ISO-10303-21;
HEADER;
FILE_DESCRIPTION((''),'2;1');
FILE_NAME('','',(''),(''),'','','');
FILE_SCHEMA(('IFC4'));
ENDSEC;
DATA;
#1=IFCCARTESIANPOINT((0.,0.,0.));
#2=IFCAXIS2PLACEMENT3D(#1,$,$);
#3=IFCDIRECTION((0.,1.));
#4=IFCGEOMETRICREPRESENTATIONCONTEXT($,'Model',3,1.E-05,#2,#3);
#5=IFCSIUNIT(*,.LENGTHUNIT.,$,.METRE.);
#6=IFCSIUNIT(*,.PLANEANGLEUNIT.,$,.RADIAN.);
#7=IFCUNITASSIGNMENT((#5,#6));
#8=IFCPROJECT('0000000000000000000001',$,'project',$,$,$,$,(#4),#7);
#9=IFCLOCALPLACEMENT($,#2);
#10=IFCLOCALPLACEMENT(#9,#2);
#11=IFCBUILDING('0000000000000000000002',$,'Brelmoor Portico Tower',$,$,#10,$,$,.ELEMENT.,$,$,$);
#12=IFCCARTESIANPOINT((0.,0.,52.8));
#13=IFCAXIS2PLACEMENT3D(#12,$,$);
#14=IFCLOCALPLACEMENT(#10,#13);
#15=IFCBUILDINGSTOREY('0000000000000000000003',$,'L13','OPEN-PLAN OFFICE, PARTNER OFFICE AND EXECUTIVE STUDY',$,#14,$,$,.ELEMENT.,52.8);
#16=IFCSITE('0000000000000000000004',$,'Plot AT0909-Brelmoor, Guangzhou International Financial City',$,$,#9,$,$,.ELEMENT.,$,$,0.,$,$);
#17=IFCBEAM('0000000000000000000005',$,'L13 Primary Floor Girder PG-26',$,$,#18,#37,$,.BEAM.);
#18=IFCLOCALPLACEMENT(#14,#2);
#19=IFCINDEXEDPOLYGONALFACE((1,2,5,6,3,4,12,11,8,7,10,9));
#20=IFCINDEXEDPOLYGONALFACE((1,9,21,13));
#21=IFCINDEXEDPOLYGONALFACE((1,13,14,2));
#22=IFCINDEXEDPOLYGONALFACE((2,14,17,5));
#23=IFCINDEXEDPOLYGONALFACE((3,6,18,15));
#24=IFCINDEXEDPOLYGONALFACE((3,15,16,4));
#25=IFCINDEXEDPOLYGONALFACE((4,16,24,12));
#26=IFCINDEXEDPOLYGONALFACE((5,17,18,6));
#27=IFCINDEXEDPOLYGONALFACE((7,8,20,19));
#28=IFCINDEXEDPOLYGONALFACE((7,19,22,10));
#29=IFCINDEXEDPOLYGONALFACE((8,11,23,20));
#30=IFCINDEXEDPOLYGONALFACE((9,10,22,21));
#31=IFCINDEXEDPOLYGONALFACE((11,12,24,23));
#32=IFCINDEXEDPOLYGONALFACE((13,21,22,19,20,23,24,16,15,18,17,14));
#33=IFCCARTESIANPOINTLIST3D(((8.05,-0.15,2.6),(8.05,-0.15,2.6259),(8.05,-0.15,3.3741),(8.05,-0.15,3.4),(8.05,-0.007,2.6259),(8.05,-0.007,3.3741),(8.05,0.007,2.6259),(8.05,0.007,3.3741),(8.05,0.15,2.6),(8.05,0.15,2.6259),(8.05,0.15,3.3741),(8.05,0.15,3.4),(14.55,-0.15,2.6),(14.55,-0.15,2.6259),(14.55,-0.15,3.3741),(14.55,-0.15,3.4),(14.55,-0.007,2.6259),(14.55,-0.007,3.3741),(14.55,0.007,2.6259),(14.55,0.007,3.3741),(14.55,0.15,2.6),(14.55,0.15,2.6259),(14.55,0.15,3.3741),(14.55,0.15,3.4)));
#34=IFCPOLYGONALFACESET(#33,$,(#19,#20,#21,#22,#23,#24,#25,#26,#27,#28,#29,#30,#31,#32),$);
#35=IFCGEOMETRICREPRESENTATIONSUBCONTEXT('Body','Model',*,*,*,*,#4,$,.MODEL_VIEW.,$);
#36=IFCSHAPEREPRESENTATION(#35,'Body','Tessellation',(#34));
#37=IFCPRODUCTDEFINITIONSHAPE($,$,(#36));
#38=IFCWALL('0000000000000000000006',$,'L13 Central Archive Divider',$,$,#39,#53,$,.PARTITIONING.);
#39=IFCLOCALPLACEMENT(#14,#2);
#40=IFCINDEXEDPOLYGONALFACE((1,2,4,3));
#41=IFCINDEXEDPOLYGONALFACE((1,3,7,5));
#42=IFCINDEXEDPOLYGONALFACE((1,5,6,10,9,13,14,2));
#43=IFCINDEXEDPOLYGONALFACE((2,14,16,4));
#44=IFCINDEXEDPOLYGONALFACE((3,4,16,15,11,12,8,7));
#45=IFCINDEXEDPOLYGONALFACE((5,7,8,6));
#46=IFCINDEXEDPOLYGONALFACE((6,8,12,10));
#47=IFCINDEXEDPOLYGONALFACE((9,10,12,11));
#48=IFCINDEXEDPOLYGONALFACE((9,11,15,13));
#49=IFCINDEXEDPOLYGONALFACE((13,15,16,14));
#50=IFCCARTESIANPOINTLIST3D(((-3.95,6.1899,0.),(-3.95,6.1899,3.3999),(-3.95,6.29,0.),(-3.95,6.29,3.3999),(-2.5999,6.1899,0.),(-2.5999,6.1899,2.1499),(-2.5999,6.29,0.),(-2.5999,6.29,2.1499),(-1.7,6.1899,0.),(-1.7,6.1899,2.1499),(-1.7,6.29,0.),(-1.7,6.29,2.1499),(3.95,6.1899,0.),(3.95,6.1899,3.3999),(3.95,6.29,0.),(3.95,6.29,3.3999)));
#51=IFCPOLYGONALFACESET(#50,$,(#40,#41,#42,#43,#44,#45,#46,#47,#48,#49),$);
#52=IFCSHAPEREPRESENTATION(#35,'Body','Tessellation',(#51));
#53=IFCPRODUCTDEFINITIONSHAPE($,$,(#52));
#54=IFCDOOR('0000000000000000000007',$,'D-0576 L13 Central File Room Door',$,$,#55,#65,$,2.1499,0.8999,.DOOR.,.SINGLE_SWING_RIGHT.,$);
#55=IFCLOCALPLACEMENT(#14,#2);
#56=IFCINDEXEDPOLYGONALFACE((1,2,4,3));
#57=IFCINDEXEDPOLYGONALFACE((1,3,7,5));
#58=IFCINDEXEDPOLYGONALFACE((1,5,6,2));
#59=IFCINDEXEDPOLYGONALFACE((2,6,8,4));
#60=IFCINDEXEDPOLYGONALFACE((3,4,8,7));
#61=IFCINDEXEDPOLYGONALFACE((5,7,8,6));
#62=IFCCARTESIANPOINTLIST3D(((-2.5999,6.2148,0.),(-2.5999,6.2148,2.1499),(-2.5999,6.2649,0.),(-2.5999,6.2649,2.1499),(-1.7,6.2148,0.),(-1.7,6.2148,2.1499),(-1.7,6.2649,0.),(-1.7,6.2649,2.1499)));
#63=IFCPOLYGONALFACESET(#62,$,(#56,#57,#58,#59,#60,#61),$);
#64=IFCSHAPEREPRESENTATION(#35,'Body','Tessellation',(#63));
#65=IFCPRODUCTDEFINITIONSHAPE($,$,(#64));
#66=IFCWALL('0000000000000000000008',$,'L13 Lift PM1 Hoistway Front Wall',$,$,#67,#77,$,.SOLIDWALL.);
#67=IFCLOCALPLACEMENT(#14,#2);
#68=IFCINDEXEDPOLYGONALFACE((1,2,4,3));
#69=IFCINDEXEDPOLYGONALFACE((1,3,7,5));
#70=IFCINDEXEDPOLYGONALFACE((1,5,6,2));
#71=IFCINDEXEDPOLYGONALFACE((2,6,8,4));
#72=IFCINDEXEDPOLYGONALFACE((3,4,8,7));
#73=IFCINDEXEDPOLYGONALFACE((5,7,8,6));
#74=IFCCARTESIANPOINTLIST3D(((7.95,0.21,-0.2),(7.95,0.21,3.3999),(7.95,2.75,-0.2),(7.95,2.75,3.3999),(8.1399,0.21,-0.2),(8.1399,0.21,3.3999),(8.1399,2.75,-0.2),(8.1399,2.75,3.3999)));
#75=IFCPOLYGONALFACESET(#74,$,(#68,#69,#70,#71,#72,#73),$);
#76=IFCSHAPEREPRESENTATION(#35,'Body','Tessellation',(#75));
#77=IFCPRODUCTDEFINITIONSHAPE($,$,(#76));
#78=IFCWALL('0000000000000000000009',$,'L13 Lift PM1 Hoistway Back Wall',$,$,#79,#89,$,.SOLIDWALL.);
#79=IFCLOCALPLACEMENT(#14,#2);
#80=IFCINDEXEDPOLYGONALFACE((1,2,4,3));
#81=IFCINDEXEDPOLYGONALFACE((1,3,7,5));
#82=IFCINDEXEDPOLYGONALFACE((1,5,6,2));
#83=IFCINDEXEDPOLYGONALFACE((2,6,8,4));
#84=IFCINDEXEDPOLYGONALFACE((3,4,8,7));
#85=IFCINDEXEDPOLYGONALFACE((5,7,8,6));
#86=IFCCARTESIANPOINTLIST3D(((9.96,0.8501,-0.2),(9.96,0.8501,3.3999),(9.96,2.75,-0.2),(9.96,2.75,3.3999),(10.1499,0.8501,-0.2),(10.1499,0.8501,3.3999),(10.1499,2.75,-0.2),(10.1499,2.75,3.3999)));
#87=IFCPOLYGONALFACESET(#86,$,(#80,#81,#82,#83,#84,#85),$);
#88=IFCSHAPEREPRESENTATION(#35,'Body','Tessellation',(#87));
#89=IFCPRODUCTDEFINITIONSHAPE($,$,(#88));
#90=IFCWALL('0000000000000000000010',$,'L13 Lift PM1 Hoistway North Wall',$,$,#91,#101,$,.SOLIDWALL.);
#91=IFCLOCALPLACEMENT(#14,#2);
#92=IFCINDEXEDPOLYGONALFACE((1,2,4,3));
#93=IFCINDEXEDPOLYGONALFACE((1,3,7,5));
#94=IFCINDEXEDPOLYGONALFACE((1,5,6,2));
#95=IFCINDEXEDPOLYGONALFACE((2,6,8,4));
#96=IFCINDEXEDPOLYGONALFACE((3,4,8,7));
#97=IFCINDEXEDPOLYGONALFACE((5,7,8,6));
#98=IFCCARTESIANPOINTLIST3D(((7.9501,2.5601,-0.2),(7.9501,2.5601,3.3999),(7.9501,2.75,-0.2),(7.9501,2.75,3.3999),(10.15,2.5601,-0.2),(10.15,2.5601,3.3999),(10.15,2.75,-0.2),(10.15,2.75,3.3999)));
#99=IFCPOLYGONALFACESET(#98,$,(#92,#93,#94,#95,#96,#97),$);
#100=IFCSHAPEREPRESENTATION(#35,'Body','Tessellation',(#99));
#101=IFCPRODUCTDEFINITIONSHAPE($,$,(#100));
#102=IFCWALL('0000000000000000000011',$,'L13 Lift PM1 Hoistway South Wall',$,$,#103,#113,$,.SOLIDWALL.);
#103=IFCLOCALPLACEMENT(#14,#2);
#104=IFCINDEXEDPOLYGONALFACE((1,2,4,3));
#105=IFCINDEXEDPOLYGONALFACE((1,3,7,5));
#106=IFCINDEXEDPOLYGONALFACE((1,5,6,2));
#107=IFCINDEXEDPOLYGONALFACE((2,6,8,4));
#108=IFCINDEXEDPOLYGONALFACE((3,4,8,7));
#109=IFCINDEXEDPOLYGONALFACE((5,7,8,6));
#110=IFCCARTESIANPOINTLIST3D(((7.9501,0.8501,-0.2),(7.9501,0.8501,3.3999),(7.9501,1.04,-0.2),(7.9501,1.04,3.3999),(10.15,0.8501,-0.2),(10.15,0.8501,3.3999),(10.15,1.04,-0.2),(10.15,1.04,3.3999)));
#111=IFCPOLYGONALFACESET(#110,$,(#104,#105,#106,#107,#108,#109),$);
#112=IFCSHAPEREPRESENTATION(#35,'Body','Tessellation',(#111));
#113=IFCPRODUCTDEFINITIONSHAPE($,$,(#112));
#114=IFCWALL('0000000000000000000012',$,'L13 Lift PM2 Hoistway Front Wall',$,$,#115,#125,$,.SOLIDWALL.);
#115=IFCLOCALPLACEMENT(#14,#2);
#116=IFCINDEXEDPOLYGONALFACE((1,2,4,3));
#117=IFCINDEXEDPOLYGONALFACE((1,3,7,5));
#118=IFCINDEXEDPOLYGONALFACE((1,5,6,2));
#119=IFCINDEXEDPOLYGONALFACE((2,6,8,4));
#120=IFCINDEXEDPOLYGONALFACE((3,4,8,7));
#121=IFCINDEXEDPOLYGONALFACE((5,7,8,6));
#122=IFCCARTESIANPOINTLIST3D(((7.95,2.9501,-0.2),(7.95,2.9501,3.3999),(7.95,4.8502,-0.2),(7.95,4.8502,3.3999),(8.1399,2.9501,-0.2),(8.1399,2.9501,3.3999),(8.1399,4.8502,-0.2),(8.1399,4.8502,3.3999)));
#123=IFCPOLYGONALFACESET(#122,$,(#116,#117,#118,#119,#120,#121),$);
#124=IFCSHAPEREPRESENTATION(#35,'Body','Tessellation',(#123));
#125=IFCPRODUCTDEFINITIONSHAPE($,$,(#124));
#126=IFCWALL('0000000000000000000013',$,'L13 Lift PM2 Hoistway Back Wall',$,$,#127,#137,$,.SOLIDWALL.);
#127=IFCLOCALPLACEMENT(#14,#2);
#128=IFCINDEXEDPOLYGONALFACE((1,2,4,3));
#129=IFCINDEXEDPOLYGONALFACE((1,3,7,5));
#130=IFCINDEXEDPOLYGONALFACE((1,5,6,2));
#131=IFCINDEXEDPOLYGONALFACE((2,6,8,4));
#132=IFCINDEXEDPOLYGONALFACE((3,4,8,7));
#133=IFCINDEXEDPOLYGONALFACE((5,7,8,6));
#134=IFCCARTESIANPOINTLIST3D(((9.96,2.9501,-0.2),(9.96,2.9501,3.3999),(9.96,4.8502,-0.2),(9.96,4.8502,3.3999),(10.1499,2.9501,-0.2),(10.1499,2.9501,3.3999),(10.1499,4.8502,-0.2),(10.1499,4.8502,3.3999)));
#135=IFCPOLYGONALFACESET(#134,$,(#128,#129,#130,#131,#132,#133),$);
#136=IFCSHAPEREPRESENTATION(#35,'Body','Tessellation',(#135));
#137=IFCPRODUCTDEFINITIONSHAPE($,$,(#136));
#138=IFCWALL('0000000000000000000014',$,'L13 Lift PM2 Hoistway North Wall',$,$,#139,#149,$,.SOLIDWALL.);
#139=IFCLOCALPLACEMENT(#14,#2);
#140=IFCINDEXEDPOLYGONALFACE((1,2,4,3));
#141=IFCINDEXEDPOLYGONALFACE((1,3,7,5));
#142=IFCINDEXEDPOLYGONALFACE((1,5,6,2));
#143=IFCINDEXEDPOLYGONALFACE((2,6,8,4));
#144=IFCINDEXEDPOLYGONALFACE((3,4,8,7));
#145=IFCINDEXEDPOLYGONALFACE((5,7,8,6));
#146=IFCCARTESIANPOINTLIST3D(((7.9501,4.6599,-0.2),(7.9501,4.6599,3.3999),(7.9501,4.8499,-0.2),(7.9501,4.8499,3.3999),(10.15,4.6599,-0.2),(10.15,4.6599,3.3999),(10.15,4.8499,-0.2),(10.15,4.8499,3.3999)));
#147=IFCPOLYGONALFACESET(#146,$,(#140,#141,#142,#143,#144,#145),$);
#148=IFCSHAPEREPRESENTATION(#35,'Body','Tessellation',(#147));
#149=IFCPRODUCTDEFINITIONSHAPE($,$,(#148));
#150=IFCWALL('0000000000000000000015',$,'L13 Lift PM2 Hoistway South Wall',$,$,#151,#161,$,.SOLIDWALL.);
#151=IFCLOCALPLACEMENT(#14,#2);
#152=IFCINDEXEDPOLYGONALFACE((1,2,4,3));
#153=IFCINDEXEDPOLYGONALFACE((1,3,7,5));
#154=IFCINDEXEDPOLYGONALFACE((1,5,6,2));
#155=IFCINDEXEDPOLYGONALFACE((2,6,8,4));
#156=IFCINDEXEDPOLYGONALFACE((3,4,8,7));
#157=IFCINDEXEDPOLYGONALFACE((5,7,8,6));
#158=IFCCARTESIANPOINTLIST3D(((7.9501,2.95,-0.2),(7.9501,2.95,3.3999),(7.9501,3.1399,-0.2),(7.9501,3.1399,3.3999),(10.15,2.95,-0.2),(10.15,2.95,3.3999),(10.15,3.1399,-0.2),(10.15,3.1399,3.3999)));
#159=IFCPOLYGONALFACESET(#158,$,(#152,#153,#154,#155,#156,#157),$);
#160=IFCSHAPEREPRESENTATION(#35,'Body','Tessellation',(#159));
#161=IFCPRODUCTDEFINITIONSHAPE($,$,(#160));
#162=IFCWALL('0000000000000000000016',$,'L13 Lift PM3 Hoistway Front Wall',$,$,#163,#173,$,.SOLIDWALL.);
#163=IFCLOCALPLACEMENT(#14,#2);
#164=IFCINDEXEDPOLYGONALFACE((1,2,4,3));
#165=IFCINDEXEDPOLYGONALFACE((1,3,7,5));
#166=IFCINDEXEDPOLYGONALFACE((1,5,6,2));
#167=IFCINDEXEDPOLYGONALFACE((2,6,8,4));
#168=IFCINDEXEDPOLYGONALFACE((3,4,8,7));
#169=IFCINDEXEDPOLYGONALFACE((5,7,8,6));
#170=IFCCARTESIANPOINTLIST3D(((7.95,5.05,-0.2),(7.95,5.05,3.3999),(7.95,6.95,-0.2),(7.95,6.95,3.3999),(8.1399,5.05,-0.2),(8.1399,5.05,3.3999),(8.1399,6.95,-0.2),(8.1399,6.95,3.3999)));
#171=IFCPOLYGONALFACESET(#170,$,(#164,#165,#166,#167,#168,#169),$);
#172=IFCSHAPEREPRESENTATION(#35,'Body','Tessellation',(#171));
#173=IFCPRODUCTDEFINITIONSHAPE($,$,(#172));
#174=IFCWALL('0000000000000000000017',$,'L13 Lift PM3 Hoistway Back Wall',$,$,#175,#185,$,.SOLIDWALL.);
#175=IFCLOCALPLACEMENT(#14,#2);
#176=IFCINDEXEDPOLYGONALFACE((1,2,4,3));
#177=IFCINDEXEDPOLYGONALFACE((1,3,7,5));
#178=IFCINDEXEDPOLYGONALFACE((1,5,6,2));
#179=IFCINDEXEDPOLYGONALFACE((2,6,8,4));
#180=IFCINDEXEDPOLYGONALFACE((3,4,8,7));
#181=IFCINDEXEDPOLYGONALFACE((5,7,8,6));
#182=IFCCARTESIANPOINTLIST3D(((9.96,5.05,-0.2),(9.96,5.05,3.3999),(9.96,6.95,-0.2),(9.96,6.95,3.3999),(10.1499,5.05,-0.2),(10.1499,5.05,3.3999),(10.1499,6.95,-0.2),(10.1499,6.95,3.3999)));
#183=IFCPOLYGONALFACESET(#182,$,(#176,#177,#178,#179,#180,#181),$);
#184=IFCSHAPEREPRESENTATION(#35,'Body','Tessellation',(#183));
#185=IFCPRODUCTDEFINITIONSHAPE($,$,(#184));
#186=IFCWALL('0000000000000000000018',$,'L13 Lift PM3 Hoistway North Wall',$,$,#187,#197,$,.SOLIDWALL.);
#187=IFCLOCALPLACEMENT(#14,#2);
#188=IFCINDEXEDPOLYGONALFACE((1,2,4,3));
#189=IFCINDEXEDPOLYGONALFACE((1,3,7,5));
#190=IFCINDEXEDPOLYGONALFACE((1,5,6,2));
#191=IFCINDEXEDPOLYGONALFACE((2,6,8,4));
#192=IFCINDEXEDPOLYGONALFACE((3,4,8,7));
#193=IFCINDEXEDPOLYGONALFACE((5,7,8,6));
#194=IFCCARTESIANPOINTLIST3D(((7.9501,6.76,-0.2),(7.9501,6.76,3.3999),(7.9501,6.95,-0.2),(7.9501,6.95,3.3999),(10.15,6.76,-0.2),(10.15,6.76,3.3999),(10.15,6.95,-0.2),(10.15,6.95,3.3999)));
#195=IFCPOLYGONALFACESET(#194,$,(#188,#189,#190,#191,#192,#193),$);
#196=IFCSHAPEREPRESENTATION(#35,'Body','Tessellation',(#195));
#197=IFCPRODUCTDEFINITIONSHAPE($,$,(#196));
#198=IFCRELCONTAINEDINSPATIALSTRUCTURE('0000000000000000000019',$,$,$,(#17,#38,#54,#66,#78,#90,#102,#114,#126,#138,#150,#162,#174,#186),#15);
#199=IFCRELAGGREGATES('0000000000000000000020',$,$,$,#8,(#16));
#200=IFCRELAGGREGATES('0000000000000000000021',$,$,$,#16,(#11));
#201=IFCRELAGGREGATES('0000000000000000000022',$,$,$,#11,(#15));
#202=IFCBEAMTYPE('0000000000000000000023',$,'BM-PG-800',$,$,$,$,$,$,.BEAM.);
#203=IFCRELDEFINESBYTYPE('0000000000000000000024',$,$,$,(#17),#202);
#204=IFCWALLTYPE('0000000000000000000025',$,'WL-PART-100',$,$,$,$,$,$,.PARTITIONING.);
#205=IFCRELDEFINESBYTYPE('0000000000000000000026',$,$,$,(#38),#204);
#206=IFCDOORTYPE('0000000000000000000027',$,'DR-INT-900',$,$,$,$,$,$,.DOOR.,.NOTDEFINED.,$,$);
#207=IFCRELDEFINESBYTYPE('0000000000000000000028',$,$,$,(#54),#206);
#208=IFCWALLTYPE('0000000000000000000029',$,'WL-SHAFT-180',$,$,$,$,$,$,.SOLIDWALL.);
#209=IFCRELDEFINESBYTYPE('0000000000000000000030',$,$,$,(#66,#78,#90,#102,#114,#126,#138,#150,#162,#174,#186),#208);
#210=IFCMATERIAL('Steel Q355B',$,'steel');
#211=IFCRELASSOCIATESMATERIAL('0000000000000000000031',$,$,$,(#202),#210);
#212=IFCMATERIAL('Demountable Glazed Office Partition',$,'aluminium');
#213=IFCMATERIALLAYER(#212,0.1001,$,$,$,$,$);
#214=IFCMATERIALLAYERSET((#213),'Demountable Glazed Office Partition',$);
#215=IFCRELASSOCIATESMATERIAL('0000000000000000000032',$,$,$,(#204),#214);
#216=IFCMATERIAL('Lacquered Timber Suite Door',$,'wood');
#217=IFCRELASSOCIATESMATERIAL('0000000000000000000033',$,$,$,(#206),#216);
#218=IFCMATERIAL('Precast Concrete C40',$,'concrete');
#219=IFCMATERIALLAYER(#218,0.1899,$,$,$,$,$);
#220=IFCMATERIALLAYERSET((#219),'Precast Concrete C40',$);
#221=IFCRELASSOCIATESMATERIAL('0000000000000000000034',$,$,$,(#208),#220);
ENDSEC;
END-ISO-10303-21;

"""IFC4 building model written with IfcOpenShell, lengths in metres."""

from ifc_helpers import new_model, si_unit, direction, frame, frame_2d, origin, origin_2d, place, context, subcontext, project, spatial, rectangle, i_section, extrude, material, layer, layer_set, material_profile, profile_set, type_object, element, fill, save


model = new_model("IFC4")

# Units and contexts
model_context = context("Model", 3, precision=1e-05, world=origin(), true_north=direction((0.0, 1.0)))
body_context = subcontext(model_context, "Body", "Model", "MODEL_VIEW")
ifc_project = project(units=[si_unit("LENGTHUNIT", "METRE"), si_unit("PLANEANGLEUNIT", "RADIAN")], contexts=[model_context])

# Site, building, storey
site_placement = place(None, origin())
site = spatial("IfcSite", under=ifc_project, at=site_placement, Name="Plot AT0909-Brelmoor, Guangzhou International Financial City", CompositionType="ELEMENT", RefElevation=0.0)
building_placement = place(site_placement, origin())
building = spatial("IfcBuilding", under=site, at=building_placement, Name="Brelmoor Portico Tower", CompositionType="ELEMENT")
storey_placement = place(building_placement, frame((0.0, 0.0, 52.8)))
storey = spatial("IfcBuildingStorey", under=building, at=storey_placement, Name="L13", Description="OPEN-PLAN OFFICE, PARTNER OFFICE AND EXECUTIVE STUDY", CompositionType="ELEMENT", Elevation=52.8)

# Beam
ifc_material_1 = material(Name="Steel Q355B", Category="steel")
ifc_material_profile = material_profile(ifc_material_1, i_section(OverallWidth=0.3, OverallDepth=0.8, WebThickness=0.0139, FlangeThickness=0.0259, at=origin_2d()), Name="HN 800x300x14x26")
ifc_profile_set = profile_set([ifc_material_profile], Name="Steel Q355B")
beam_type = type_object("IfcBeamType", Name="BM-PG-800", PredefinedType="BEAM", material=ifc_profile_set)
beam_placement = place(storey_placement, frame((8.05, 0.0, 3.0), z_axis=(1.0, 0.0, 0.0), x_axis=(0.0, 1.0, 0.0)))
element("IfcBeam", 1, at=beam_placement, inside=storey, type_object=beam_type, Name="L13 Primary Floor Girder PG-26", PredefinedType="BEAM", context=body_context, shape_type="SweptSolid", body=[
    extrude(i_section(OverallWidth=0.3, OverallDepth=0.8, WebThickness=0.0139, FlangeThickness=0.0259, at=origin_2d()), origin(), (0.0, 0.0, 1.0), 6.5),
])

# Wall, opening, door
ifc_material_2 = material(Name="Demountable Glazed Office Partition", Category="aluminium")
ifc_layer_1 = layer(ifc_material_2, 0.1001)
ifc_layer_set_1 = layer_set([ifc_layer_1], Name="Demountable Glazed Office Partition")
wall_type_1 = type_object("IfcWallType", Name="WL-PART-100", PredefinedType="PARTITIONING", material=ifc_layer_set_1)
wall_1_placement = place(storey_placement, frame((-3.95, 6.24, 0.0), z_axis=(0.0, 0.0, 1.0), x_axis=(1.0, 0.0, 0.0)))
wall_1 = element("IfcWall", 2, at=wall_1_placement, inside=storey, type_object=wall_type_1, Name="L13 Central Archive Divider", PredefinedType="PARTITIONING", context=body_context, shape_type="SweptSolid", body=[
    extrude(rectangle(XDim=7.8999, YDim=0.1001, at=frame_2d((3.95, 0.0))), origin(), (0.0, 0.0, 1.0), 3.3999),
])
opening_1_placement = place(wall_1_placement, frame((1.3501, 0.0, 0.0)))
opening_1 = element("IfcOpeningElement", 3, at=opening_1_placement, cuts=wall_1, PredefinedType="OPENING", context=body_context, shape_type="SweptSolid", body=[
    extrude(rectangle(XDim=0.8999, YDim=2.1499, at=frame_2d((0.45, 1.075))), frame((0.0, 0.0601, 0.0), z_axis=(0.0, -1.0, 0.0), x_axis=(1.0, 0.0, 0.0)), (0.0, 0.0, 1.0), 0.1201),
])
ifc_material_3 = material(Name="Lacquered Timber Suite Door", Category="wood")
door_type_1 = type_object("IfcDoorType", Name="DR-INT-900", OperationType="NOTDEFINED", PredefinedType="DOOR", material=ifc_material_3)
door_1_placement = place(opening_1_placement, origin())
door_1 = element("IfcDoor", 4, at=door_1_placement, inside=storey, type_object=door_type_1, Name="D-0576 L13 Central File Room Door", OperationType="SINGLE_SWING_RIGHT", OverallHeight=2.1499, OverallWidth=0.8999, PredefinedType="DOOR", context=body_context, shape_type="SweptSolid", body=[
    extrude(rectangle(XDim=0.8999, YDim=2.1499, at=frame_2d((0.45, 1.075))), frame((0.0, 0.0249, 0.0), z_axis=(0.0, -1.0, 0.0), x_axis=(1.0, 0.0, 0.0)), (0.0, 0.0, 1.0), 0.05),
])
fill(opening_1, door_1)

# Walls
ifc_material_4 = material(Name="Precast Concrete C40", Category="concrete")
ifc_layer_2 = layer(ifc_material_4, 0.1899)
ifc_layer_set_2 = layer_set([ifc_layer_2], Name="Precast Concrete C40")
wall_type_2 = type_object("IfcWallType", Name="WL-SHAFT-180", PredefinedType="SOLIDWALL", material=ifc_layer_set_2)
wall_2_placement = place(storey_placement, frame((8.0449, 0.21, -0.2), z_axis=(0.0, 0.0, 1.0), x_axis=(0.0, 1.0, 0.0)))
element("IfcWall", 5, at=wall_2_placement, inside=storey, type_object=wall_type_2, Name="L13 Lift PM1 Hoistway Front Wall", PredefinedType="SOLIDWALL", context=body_context, shape_type="SweptSolid", body=[
    extrude(rectangle(XDim=2.54, YDim=0.1899, at=frame_2d((1.27, 0.0))), origin(), (0.0, 0.0, 1.0), 3.5999),
])
wall_3_placement = place(storey_placement, frame((10.0549, 0.8501, -0.2), z_axis=(0.0, 0.0, 1.0), x_axis=(0.0, 1.0, 0.0)))
element("IfcWall", 6, at=wall_3_placement, inside=storey, type_object=wall_type_2, Name="L13 Lift PM1 Hoistway Back Wall", PredefinedType="SOLIDWALL", context=body_context, shape_type="SweptSolid", body=[
    extrude(rectangle(XDim=1.8999, YDim=0.1899, at=frame_2d((0.95, 0.0))), origin(), (0.0, 0.0, 1.0), 3.5999),
])
for number, where, z_axis, x_axis, name in (
    (7, (7.95, 2.655, -0.2), (0.0, 0.0, 1.0), (1.0, 0.0, 0.0), "L13 Lift PM1 Hoistway North Wall"),
    (8, (7.95, 0.9451, -0.2), (0.0, 0.0, 1.0), (1.0, 0.0, 0.0), "L13 Lift PM1 Hoistway South Wall"),
):
    element("IfcWall", number, at=place(storey_placement, frame(where, z_axis=z_axis, x_axis=x_axis)), inside=storey, type_object=wall_type_2, Name=name, PredefinedType="SOLIDWALL", context=body_context, shape_type="SweptSolid", body=[
        extrude(rectangle(XDim=2.2, YDim=0.1899, at=frame_2d((1.1001, 0.0))), origin(), (0.0, 0.0, 1.0), 3.5999),
    ])
for number, where, z_axis, x_axis, name in (
    (9, (8.0449, 2.95, -0.2), (0.0, 0.0, 1.0), (0.0, 1.0, 0.0), "L13 Lift PM2 Hoistway Front Wall"),
    (10, (10.0549, 2.95, -0.2), (0.0, 0.0, 1.0), (0.0, 1.0, 0.0), "L13 Lift PM2 Hoistway Back Wall"),
):
    element("IfcWall", number, at=place(storey_placement, frame(where, z_axis=z_axis, x_axis=x_axis)), inside=storey, type_object=wall_type_2, Name=name, PredefinedType="SOLIDWALL", context=body_context, shape_type="SweptSolid", body=[
        extrude(rectangle(XDim=1.9001, YDim=0.1899, at=frame_2d((0.9502, 0.0))), origin(), (0.0, 0.0, 1.0), 3.5999),
    ])
for number, where, z_axis, x_axis, name in (
    (11, (7.95, 4.7549, -0.2), (0.0, 0.0, 1.0), (1.0, 0.0, 0.0), "L13 Lift PM2 Hoistway North Wall"),
    (12, (7.95, 3.0449, -0.2), (0.0, 0.0, 1.0), (1.0, 0.0, 0.0), "L13 Lift PM2 Hoistway South Wall"),
):
    element("IfcWall", number, at=place(storey_placement, frame(where, z_axis=z_axis, x_axis=x_axis)), inside=storey, type_object=wall_type_2, Name=name, PredefinedType="SOLIDWALL", context=body_context, shape_type="SweptSolid", body=[
        extrude(rectangle(XDim=2.2, YDim=0.1899, at=frame_2d((1.1001, 0.0))), origin(), (0.0, 0.0, 1.0), 3.5999),
    ])
for number, where, z_axis, x_axis, name in (
    (13, (8.0449, 5.05, -0.2), (0.0, 0.0, 1.0), (0.0, 1.0, 0.0), "L13 Lift PM3 Hoistway Front Wall"),
    (14, (10.0549, 5.05, -0.2), (0.0, 0.0, 1.0), (0.0, 1.0, 0.0), "L13 Lift PM3 Hoistway Back Wall"),
):
    element("IfcWall", number, at=place(storey_placement, frame(where, z_axis=z_axis, x_axis=x_axis)), inside=storey, type_object=wall_type_2, Name=name, PredefinedType="SOLIDWALL", context=body_context, shape_type="SweptSolid", body=[
        extrude(rectangle(XDim=1.8999, YDim=0.1899, at=frame_2d((0.95, 0.0))), origin(), (0.0, 0.0, 1.0), 3.5999),
    ])
for number, where, z_axis, x_axis, name in (
    (15, (7.95, 6.855, -0.2), (0.0, 0.0, 1.0), (1.0, 0.0, 0.0), "L13 Lift PM3 Hoistway North Wall"),
):
    element("IfcWall", number, at=place(storey_placement, frame(where, z_axis=z_axis, x_axis=x_axis)), inside=storey, type_object=wall_type_2, Name=name, PredefinedType="SOLIDWALL", context=body_context, shape_type="SweptSolid", body=[
        extrude(rectangle(XDim=2.2, YDim=0.1899, at=frame_2d((1.1001, 0.0))), origin(), (0.0, 0.0, 1.0), 3.5999),
    ])

save(model, "model.ifc")
